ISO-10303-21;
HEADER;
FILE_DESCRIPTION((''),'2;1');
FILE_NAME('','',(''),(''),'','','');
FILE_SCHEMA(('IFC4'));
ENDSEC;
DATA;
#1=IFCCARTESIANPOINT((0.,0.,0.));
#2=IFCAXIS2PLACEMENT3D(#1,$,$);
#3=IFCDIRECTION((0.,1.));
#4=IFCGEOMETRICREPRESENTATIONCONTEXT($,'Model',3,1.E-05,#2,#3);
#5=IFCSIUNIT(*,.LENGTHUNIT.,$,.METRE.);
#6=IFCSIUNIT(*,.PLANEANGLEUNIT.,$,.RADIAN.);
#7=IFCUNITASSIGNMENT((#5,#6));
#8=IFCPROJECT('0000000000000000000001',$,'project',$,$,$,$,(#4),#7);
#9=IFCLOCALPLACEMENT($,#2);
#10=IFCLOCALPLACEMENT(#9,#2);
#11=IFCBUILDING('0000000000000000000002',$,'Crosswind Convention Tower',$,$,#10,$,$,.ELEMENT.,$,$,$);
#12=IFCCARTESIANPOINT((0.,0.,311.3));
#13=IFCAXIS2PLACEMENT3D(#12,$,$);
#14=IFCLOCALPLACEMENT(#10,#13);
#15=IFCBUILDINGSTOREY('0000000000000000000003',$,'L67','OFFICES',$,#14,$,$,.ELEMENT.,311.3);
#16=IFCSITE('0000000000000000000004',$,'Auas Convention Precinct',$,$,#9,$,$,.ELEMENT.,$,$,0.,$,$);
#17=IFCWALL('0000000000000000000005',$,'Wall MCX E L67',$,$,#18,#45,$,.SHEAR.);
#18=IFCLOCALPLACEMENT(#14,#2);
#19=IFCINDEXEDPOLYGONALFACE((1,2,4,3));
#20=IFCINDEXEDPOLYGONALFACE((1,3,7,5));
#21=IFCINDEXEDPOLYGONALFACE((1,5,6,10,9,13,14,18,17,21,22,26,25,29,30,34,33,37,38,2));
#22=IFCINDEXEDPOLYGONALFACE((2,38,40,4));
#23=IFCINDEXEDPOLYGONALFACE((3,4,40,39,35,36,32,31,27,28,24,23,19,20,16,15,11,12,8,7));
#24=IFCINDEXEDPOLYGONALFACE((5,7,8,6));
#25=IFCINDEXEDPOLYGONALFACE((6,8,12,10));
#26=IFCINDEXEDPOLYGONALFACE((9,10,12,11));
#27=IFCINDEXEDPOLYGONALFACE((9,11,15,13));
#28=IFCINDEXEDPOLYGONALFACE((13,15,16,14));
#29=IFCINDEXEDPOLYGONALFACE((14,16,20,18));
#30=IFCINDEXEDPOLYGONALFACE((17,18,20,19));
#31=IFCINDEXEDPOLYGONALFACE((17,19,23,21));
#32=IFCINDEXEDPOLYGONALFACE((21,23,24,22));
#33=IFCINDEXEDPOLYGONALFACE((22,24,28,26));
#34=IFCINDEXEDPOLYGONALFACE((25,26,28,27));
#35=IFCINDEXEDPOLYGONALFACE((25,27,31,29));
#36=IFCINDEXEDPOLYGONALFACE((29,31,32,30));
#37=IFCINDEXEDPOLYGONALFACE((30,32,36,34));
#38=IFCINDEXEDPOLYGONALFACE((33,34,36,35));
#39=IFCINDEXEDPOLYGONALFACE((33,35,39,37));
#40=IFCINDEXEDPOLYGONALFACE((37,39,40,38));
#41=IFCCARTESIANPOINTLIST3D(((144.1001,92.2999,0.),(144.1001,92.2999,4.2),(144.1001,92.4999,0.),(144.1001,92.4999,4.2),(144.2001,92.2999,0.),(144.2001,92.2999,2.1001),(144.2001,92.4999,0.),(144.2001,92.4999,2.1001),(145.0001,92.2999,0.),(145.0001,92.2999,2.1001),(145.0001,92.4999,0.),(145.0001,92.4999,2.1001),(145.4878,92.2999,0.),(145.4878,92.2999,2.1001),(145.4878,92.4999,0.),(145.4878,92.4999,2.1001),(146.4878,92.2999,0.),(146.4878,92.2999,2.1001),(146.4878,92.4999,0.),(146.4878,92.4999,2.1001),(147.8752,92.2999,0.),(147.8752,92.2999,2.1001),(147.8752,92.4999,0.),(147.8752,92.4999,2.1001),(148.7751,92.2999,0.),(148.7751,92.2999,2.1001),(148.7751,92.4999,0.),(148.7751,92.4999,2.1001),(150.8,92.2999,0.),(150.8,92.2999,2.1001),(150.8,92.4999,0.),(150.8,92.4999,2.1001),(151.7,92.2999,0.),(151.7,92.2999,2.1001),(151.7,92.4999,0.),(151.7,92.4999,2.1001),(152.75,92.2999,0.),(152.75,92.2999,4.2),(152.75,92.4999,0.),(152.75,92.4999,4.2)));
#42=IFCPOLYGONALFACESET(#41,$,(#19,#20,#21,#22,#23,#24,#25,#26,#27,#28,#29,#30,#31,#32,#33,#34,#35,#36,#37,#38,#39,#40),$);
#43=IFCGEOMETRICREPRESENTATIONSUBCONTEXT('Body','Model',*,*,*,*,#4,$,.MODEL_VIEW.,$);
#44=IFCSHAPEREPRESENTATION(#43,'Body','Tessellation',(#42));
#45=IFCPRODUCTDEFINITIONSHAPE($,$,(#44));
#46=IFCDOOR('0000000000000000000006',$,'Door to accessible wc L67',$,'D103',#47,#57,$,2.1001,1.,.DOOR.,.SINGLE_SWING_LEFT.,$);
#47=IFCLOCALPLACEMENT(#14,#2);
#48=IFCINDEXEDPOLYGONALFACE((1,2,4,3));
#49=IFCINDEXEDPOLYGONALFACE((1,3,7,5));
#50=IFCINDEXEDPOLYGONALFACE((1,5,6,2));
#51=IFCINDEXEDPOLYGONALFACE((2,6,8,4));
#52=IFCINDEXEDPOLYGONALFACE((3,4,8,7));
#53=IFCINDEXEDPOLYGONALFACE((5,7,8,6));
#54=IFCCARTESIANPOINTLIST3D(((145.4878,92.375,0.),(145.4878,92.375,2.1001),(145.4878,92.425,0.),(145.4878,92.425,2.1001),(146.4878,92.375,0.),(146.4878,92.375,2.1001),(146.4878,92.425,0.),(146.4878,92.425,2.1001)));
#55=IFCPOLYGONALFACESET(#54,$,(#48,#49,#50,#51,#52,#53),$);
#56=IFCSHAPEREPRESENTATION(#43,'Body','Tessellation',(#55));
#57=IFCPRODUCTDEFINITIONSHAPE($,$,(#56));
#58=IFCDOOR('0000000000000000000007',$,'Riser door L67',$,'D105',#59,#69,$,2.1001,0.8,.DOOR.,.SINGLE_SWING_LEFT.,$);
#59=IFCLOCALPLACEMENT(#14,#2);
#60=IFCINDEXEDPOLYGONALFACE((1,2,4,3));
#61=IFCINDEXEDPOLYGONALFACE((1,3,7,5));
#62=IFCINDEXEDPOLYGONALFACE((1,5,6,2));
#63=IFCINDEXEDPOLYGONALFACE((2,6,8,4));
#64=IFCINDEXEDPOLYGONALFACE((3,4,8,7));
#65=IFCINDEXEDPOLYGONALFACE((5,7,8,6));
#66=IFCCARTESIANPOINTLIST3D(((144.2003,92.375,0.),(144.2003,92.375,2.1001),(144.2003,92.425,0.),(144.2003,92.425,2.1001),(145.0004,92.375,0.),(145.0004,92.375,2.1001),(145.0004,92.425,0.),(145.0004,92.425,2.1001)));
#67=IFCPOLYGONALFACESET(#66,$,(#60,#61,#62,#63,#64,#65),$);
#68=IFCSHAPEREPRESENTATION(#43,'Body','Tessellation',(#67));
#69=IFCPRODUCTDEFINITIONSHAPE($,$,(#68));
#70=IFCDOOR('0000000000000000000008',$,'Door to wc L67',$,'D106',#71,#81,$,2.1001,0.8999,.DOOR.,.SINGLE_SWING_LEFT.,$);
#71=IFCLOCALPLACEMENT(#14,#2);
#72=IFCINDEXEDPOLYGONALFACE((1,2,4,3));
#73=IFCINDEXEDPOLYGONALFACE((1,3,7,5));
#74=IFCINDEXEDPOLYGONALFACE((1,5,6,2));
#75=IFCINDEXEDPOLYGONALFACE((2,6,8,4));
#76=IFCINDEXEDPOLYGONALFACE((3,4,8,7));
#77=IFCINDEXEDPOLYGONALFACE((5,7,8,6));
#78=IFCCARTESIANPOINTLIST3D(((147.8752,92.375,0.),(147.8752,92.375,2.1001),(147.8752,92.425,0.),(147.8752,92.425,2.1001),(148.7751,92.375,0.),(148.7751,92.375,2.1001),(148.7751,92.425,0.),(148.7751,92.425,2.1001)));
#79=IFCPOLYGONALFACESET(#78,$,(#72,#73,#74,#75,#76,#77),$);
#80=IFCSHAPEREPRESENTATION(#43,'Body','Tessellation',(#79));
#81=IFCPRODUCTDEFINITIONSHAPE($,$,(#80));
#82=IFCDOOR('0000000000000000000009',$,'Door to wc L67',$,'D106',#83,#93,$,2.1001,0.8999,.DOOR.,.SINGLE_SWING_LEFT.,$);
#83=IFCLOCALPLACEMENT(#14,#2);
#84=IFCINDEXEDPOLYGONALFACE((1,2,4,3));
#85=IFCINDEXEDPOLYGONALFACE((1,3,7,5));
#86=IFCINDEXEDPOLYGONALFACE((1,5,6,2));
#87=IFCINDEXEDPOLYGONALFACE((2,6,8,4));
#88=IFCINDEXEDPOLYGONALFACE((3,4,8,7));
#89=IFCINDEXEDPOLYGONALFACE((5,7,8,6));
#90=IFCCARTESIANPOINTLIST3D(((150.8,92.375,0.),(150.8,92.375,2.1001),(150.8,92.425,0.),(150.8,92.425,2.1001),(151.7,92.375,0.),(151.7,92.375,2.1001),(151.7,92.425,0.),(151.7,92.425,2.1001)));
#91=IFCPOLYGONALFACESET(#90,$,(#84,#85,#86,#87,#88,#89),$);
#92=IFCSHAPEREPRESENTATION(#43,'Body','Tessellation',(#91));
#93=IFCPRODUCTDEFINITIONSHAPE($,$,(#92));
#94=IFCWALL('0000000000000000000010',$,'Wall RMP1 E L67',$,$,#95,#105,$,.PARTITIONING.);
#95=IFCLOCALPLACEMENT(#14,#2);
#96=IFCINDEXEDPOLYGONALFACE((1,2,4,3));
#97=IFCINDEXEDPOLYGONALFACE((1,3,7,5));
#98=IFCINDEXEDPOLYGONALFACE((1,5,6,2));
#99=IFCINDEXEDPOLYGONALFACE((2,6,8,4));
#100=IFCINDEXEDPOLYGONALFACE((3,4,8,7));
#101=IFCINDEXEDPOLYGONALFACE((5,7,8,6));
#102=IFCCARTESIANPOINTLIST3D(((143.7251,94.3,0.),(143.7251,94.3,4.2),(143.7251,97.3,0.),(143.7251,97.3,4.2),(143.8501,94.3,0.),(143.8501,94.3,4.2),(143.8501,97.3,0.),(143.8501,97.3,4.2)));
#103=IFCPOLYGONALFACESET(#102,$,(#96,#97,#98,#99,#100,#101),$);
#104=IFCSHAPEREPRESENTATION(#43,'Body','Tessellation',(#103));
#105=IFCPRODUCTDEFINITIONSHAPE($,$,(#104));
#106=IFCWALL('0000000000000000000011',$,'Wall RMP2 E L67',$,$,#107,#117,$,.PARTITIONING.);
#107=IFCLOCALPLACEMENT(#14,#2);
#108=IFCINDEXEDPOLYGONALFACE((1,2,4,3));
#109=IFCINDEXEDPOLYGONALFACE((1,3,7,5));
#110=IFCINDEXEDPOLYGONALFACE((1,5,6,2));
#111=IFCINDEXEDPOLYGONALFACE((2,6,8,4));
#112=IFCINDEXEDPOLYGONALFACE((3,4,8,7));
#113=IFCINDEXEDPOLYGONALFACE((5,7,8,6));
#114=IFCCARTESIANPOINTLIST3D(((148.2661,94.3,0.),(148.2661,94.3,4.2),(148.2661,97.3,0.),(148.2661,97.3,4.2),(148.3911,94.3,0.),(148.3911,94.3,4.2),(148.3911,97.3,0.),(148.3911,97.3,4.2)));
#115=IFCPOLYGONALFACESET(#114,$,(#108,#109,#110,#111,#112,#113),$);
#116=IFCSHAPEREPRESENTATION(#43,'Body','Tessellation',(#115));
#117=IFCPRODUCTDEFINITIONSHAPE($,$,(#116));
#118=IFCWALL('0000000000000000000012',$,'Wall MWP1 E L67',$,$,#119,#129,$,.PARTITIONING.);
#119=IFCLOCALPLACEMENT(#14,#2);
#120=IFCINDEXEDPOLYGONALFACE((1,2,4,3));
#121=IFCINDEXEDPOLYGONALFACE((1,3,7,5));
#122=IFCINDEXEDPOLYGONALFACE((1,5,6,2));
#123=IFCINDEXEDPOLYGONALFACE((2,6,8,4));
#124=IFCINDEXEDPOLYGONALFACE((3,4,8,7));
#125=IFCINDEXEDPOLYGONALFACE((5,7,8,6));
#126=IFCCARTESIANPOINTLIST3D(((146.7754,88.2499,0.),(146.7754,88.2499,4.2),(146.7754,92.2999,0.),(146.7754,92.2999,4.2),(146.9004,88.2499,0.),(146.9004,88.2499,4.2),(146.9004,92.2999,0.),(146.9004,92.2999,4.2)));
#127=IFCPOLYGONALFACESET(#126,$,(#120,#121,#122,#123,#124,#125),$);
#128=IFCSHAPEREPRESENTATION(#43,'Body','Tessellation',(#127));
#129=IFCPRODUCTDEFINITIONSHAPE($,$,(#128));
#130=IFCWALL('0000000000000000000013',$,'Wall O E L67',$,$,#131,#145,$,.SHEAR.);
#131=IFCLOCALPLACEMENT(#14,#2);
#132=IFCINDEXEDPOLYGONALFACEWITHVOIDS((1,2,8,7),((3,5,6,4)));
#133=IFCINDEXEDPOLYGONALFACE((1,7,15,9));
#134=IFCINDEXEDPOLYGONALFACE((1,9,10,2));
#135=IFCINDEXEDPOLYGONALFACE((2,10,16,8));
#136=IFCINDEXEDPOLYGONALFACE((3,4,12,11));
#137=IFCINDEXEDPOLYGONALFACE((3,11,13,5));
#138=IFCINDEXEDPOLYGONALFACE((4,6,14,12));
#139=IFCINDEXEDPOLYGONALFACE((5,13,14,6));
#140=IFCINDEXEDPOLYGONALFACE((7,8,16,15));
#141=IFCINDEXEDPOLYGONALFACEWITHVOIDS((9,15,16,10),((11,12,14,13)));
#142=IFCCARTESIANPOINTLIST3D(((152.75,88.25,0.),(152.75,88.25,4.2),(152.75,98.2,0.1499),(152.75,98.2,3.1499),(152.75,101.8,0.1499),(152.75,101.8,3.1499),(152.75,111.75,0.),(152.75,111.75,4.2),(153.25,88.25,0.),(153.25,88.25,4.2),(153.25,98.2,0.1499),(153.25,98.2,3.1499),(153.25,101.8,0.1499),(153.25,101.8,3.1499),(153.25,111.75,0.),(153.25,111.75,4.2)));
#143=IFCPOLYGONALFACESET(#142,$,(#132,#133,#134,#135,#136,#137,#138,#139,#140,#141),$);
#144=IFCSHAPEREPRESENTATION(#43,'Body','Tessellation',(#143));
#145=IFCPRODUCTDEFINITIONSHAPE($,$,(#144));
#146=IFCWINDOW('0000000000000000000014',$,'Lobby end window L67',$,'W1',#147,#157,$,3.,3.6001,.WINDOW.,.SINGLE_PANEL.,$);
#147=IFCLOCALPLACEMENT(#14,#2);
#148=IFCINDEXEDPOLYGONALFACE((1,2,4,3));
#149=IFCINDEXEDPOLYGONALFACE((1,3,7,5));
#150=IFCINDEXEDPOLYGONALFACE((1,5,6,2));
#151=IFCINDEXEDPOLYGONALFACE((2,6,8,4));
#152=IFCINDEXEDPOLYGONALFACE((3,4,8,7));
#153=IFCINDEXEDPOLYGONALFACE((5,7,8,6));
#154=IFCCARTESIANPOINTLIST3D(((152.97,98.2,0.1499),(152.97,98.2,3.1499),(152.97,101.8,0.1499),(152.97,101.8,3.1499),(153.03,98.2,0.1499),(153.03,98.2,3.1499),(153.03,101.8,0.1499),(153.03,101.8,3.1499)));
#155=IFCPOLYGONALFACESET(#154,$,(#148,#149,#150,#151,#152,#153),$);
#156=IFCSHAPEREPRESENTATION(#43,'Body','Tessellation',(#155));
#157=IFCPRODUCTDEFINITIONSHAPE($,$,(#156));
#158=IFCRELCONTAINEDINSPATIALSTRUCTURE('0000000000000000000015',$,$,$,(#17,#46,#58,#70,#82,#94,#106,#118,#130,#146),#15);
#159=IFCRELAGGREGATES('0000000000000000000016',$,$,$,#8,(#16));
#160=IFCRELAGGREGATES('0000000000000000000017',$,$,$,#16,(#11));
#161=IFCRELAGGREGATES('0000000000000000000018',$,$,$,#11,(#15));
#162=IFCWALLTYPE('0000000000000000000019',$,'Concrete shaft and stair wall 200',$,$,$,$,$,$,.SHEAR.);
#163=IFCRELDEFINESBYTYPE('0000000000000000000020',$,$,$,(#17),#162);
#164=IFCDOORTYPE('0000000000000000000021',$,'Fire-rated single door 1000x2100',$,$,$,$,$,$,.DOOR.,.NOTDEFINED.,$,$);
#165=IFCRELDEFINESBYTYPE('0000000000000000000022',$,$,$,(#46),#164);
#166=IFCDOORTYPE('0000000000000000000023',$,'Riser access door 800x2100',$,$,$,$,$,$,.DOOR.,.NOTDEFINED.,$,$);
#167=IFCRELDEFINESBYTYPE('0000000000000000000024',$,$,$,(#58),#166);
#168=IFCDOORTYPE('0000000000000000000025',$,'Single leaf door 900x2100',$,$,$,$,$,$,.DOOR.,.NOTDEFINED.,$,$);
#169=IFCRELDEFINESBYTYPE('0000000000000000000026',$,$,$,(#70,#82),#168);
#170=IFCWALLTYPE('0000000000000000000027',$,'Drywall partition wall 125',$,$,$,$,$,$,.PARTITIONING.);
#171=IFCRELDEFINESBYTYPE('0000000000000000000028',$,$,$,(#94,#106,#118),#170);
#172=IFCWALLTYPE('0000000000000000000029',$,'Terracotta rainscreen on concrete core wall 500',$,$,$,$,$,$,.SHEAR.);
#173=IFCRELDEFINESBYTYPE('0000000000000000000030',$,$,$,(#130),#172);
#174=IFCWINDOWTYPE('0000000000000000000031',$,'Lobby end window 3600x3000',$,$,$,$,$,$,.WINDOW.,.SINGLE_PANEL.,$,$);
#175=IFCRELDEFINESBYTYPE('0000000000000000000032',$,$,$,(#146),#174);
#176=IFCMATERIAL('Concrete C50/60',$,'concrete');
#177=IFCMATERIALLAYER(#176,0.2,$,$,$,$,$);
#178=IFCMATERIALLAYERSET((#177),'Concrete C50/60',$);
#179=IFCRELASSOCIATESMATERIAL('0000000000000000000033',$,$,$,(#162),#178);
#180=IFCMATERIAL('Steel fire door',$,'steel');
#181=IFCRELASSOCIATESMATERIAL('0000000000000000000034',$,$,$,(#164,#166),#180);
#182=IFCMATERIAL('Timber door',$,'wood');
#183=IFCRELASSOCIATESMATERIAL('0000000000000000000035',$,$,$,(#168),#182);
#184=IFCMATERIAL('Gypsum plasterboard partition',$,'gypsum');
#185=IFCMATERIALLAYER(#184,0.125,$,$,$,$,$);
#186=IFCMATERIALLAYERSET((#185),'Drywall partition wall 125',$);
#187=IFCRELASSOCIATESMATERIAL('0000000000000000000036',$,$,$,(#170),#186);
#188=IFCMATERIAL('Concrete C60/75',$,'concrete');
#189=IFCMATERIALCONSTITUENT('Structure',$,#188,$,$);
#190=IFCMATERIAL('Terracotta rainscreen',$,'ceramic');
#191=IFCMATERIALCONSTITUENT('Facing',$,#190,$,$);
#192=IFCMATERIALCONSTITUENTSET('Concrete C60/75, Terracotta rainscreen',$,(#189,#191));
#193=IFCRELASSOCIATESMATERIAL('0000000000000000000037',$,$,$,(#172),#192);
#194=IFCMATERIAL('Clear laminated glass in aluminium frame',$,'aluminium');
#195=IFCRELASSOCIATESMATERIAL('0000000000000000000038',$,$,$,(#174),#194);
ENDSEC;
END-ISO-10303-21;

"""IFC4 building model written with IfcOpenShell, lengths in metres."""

from ifc_helpers import new_model, si_unit, direction, frame, frame_2d, origin, place, context, subcontext, project, spatial, rectangle, extrude, material, layer, layer_set, constituent, constituent_set, type_object, element, fill, save


model = new_model("IFC4")

# Units and contexts
model_context = context("Model", 3, precision=1e-05, world=origin(), true_north=direction((0.0, 1.0)))
body_context = subcontext(model_context, "Body", "Model", "MODEL_VIEW")
ifc_project = project(units=[si_unit("LENGTHUNIT", "METRE"), si_unit("PLANEANGLEUNIT", "RADIAN")], contexts=[model_context])

# Site, building, storey
site_placement = place(None, origin())
site = spatial("IfcSite", under=ifc_project, at=site_placement, Name="Auas Convention Precinct", CompositionType="ELEMENT", RefElevation=0.0)
building_placement = place(site_placement, origin())
building = spatial("IfcBuilding", under=site, at=building_placement, Name="Crosswind Convention Tower", CompositionType="ELEMENT")
storey_placement = place(building_placement, frame((0.0, 0.0, 311.3)))
storey = spatial("IfcBuildingStorey", under=building, at=storey_placement, Name="L67", Description="OFFICES", CompositionType="ELEMENT", Elevation=311.3)

# Shared definitions
ifc_material_1 = material(Name="Concrete C50/60", Category="concrete")

# Shared definitions
ifc_layer_1 = layer(ifc_material_1, 0.2)
ifc_layer_set_1 = layer_set([ifc_layer_1], Name="Concrete C50/60")
wall_type_1 = type_object("IfcWallType", Name="Concrete shaft and stair wall 200", PredefinedType="SHEAR", material=ifc_layer_set_1)

# Shared definitions
ifc_material_2 = material(Name="Steel fire door", Category="steel")

# Shared definitions
door_type_1 = type_object("IfcDoorType", Name="Fire-rated single door 1000x2100", OperationType="NOTDEFINED", PredefinedType="DOOR", material=ifc_material_2)

# Wall, openings, doors
wall_1_placement = place(storey_placement, frame((144.1001, 92.3999, 0.0), z_axis=(0.0, 0.0, 1.0), x_axis=(1.0, 0.0, 0.0)))
wall_1 = element("IfcWall", 1, at=wall_1_placement, inside=storey, type_object=wall_type_1, Name="Wall MCX E L67", PredefinedType="SHEAR", context=body_context, shape_type="SweptSolid", body=[
    extrude(rectangle(XDim=8.6499, YDim=0.2, at=frame_2d((4.325, 0.0))), origin(), (0.0, 0.0, 1.0), 4.2),
])
opening_1_placement = place(wall_1_placement, frame((0.1001, 0.0, 0.0)))
opening_1 = element("IfcOpeningElement", 2, at=opening_1_placement, cuts=wall_1, PredefinedType="OPENING", context=body_context, shape_type="SweptSolid", body=[
    extrude(rectangle(XDim=0.8, YDim=2.1001, at=frame_2d((0.3999, 1.05))), frame((0.0, 0.1099, 0.0), z_axis=(0.0, -1.0, 0.0), x_axis=(1.0, 0.0, 0.0)), (0.0, 0.0, 1.0), 0.22),
])
opening_2_placement = place(wall_1_placement, frame((1.3877, 0.0, 0.0)))
opening_2 = element("IfcOpeningElement", 3, at=opening_2_placement, cuts=wall_1, PredefinedType="OPENING", context=body_context, shape_type="SweptSolid", body=[
    extrude(rectangle(XDim=1.0, YDim=2.1001, at=frame_2d((0.5, 1.05))), frame((0.0, 0.1099, 0.0), z_axis=(0.0, -1.0, 0.0), x_axis=(1.0, 0.0, 0.0)), (0.0, 0.0, 1.0), 0.22),
])
opening_3_placement = place(wall_1_placement, frame((3.7751, 0.0, 0.0)))
opening_3 = element("IfcOpeningElement", 4, at=opening_3_placement, cuts=wall_1, PredefinedType="OPENING", context=body_context, shape_type="SweptSolid", body=[
    extrude(rectangle(XDim=0.8999, YDim=2.1001, at=frame_2d((0.45, 1.05))), frame((0.0, 0.1099, 0.0), z_axis=(0.0, -1.0, 0.0), x_axis=(1.0, 0.0, 0.0)), (0.0, 0.0, 1.0), 0.22),
])
opening_4_placement = place(wall_1_placement, frame((6.7, 0.0, 0.0)))
opening_4 = element("IfcOpeningElement", 5, at=opening_4_placement, cuts=wall_1, PredefinedType="OPENING", context=body_context, shape_type="SweptSolid", body=[
    extrude(rectangle(XDim=0.8999, YDim=2.1001, at=frame_2d((0.45, 1.05))), frame((0.0, 0.1099, 0.0), z_axis=(0.0, -1.0, 0.0), x_axis=(1.0, 0.0, 0.0)), (0.0, 0.0, 1.0), 0.22),
])
door_1_placement = place(opening_2_placement, frame((1.0, 0.0, 0.0), z_axis=(0.0, 0.0, 1.0), x_axis=(-1.0, 0.0, 0.0)))
door_1 = element("IfcDoor", 6, at=door_1_placement, inside=storey, type_object=door_type_1, Name="Door to accessible wc L67", ObjectType="D103", OperationType="SINGLE_SWING_LEFT", OverallHeight=2.1001, OverallWidth=1.0, PredefinedType="DOOR", context=body_context, shape_type="SweptSolid", body=[
    extrude(rectangle(XDim=1.0, YDim=2.1001, at=frame_2d((0.5, 1.05))), frame((0.0, 0.0249, 0.0), z_axis=(0.0, -1.0, 0.0), x_axis=(1.0, 0.0, 0.0)), (0.0, 0.0, 1.0), 0.05),
])
fill(opening_2, door_1)
door_type_2 = type_object("IfcDoorType", Name="Riser access door 800x2100", OperationType="NOTDEFINED", PredefinedType="DOOR", material=ifc_material_2)
door_2_placement = place(opening_1_placement, frame((0.8, 0.0, 0.0), z_axis=(0.0, 0.0, 1.0), x_axis=(-1.0, 0.0, 0.0)))
door_2 = element("IfcDoor", 7, at=door_2_placement, inside=storey, type_object=door_type_2, Name="Riser door L67", ObjectType="D105", OperationType="SINGLE_SWING_LEFT", OverallHeight=2.1001, OverallWidth=0.8, PredefinedType="DOOR", context=body_context, shape_type="SweptSolid", body=[
    extrude(rectangle(XDim=0.8, YDim=2.1001, at=frame_2d((0.3999, 1.05))), frame((0.0, 0.0249, 0.0), z_axis=(0.0, -1.0, 0.0), x_axis=(1.0, 0.0, 0.0)), (0.0, 0.0, 1.0), 0.05),
])
fill(opening_1, door_2)
ifc_material_3 = material(Name="Timber door", Category="wood")
door_type_3 = type_object("IfcDoorType", Name="Single leaf door 900x2100", OperationType="NOTDEFINED", PredefinedType="DOOR", material=ifc_material_3)
door_3_placement = place(opening_3_placement, frame((0.8999, 0.0, 0.0), z_axis=(0.0, 0.0, 1.0), x_axis=(-1.0, 0.0, 0.0)))
door_3 = element("IfcDoor", 8, at=door_3_placement, inside=storey, type_object=door_type_3, Name="Door to wc L67", ObjectType="D106", OperationType="SINGLE_SWING_LEFT", OverallHeight=2.1001, OverallWidth=0.8999, PredefinedType="DOOR", context=body_context, shape_type="SweptSolid", body=[
    extrude(rectangle(XDim=0.8999, YDim=2.1001, at=frame_2d((0.45, 1.05))), frame((0.0, 0.0249, 0.0), z_axis=(0.0, -1.0, 0.0), x_axis=(1.0, 0.0, 0.0)), (0.0, 0.0, 1.0), 0.05),
])
fill(opening_3, door_3)
door_4_placement = place(opening_4_placement, frame((0.8999, 0.0, 0.0), z_axis=(0.0, 0.0, 1.0), x_axis=(-1.0, 0.0, 0.0)))
door_4 = element("IfcDoor", 9, at=door_4_placement, inside=storey, type_object=door_type_3, Name="Door to wc L67", ObjectType="D106", OperationType="SINGLE_SWING_LEFT", OverallHeight=2.1001, OverallWidth=0.8999, PredefinedType="DOOR", context=body_context, shape_type="SweptSolid", body=[
    extrude(rectangle(XDim=0.8999, YDim=2.1001, at=frame_2d((0.45, 1.05))), frame((0.0, 0.0249, 0.0), z_axis=(0.0, -1.0, 0.0), x_axis=(1.0, 0.0, 0.0)), (0.0, 0.0, 1.0), 0.05),
])
fill(opening_4, door_4)

# Walls
ifc_material_4 = material(Name="Gypsum plasterboard partition", Category="gypsum")
ifc_layer_2 = layer(ifc_material_4, 0.125)
ifc_layer_set_2 = layer_set([ifc_layer_2], Name="Drywall partition wall 125")
wall_type_2 = type_object("IfcWallType", Name="Drywall partition wall 125", PredefinedType="PARTITIONING", material=ifc_layer_set_2)
for number, where, z_axis, x_axis, name in (
    (10, (143.7876, 94.3, 0.0), (0.0, 0.0, 1.0), (0.0, 1.0, 0.0), "Wall RMP1 E L67"),
    (11, (148.3286, 94.3, 0.0), (0.0, 0.0, 1.0), (0.0, 1.0, 0.0), "Wall RMP2 E L67"),
):
    element("IfcWall", number, at=place(storey_placement, frame(where, z_axis=z_axis, x_axis=x_axis)), inside=storey, type_object=wall_type_2, Name=name, PredefinedType="PARTITIONING", context=body_context, shape_type="SweptSolid", body=[
        extrude(rectangle(XDim=3.0, YDim=0.125, at=frame_2d((1.5, 0.0))), origin(), (0.0, 0.0, 1.0), 4.2),
    ])
wall_2_placement = place(storey_placement, frame((146.8379, 88.25, 0.0), z_axis=(0.0, 0.0, 1.0), x_axis=(0.0, 1.0, 0.0)))
element("IfcWall", 12, at=wall_2_placement, inside=storey, type_object=wall_type_2, Name="Wall MWP1 E L67", PredefinedType="PARTITIONING", context=body_context, shape_type="SweptSolid", body=[
    extrude(rectangle(XDim=4.05, YDim=0.125, at=frame_2d((2.0249, 0.0))), origin(), (0.0, 0.0, 1.0), 4.2),
])

# Wall, opening, window
ifc_material_5 = material(Name="Concrete C60/75", Category="concrete")
ifc_constituent_1 = constituent(ifc_material_5, Name="Structure")
ifc_material_6 = material(Name="Terracotta rainscreen", Category="ceramic")
ifc_constituent_2 = constituent(ifc_material_6, Name="Facing")
ifc_constituent_set = constituent_set(constituents=[ifc_constituent_1, ifc_constituent_2], Name="Concrete C60/75, Terracotta rainscreen")
wall_type_3 = type_object("IfcWallType", Name="Terracotta rainscreen on concrete core wall 500", PredefinedType="SHEAR", material=ifc_constituent_set)
wall_3_placement = place(storey_placement, frame((153.0, 88.25, 0.0), z_axis=(0.0, 0.0, 1.0), x_axis=(0.0, 1.0, 0.0)))
wall_3 = element("IfcWall", 13, at=wall_3_placement, inside=storey, type_object=wall_type_3, Name="Wall O E L67", PredefinedType="SHEAR", context=body_context, shape_type="SweptSolid", body=[
    extrude(rectangle(XDim=23.5, YDim=0.5, at=frame_2d((11.75, 0.0))), origin(), (0.0, 0.0, 1.0), 4.2),
])
opening_5_placement = place(wall_3_placement, frame((9.95, 0.0, 0.1499)))
opening_5 = element("IfcOpeningElement", 14, at=opening_5_placement, cuts=wall_3, PredefinedType="OPENING", context=body_context, shape_type="SweptSolid", body=[
    extrude(rectangle(XDim=3.6001, YDim=3.0, at=frame_2d((1.8, 1.5))), frame((0.0, 0.26, 0.0), z_axis=(0.0, -1.0, 0.0), x_axis=(1.0, 0.0, 0.0)), (0.0, 0.0, 1.0), 0.52),
])
ifc_material_7 = material(Name="Clear laminated glass in aluminium frame", Category="aluminium")
window_type = type_object("IfcWindowType", Name="Lobby end window 3600x3000", PartitioningType="SINGLE_PANEL", PredefinedType="WINDOW", material=ifc_material_7)
window_placement = place(opening_5_placement, origin())
window = element("IfcWindow", 15, at=window_placement, inside=storey, type_object=window_type, Name="Lobby end window L67", ObjectType="W1", OverallHeight=3.0, OverallWidth=3.6001, PartitioningType="SINGLE_PANEL", PredefinedType="WINDOW", context=body_context, shape_type="SweptSolid", body=[
    extrude(rectangle(XDim=3.6001, YDim=3.0, at=frame_2d((1.8, 1.5))), frame((0.0, 0.03, 0.0), z_axis=(0.0, -1.0, 0.0), x_axis=(1.0, 0.0, 0.0)), (0.0, 0.0, 1.0), 0.0601),
])
fill(opening_5, window)

save(model, "model.ifc")
